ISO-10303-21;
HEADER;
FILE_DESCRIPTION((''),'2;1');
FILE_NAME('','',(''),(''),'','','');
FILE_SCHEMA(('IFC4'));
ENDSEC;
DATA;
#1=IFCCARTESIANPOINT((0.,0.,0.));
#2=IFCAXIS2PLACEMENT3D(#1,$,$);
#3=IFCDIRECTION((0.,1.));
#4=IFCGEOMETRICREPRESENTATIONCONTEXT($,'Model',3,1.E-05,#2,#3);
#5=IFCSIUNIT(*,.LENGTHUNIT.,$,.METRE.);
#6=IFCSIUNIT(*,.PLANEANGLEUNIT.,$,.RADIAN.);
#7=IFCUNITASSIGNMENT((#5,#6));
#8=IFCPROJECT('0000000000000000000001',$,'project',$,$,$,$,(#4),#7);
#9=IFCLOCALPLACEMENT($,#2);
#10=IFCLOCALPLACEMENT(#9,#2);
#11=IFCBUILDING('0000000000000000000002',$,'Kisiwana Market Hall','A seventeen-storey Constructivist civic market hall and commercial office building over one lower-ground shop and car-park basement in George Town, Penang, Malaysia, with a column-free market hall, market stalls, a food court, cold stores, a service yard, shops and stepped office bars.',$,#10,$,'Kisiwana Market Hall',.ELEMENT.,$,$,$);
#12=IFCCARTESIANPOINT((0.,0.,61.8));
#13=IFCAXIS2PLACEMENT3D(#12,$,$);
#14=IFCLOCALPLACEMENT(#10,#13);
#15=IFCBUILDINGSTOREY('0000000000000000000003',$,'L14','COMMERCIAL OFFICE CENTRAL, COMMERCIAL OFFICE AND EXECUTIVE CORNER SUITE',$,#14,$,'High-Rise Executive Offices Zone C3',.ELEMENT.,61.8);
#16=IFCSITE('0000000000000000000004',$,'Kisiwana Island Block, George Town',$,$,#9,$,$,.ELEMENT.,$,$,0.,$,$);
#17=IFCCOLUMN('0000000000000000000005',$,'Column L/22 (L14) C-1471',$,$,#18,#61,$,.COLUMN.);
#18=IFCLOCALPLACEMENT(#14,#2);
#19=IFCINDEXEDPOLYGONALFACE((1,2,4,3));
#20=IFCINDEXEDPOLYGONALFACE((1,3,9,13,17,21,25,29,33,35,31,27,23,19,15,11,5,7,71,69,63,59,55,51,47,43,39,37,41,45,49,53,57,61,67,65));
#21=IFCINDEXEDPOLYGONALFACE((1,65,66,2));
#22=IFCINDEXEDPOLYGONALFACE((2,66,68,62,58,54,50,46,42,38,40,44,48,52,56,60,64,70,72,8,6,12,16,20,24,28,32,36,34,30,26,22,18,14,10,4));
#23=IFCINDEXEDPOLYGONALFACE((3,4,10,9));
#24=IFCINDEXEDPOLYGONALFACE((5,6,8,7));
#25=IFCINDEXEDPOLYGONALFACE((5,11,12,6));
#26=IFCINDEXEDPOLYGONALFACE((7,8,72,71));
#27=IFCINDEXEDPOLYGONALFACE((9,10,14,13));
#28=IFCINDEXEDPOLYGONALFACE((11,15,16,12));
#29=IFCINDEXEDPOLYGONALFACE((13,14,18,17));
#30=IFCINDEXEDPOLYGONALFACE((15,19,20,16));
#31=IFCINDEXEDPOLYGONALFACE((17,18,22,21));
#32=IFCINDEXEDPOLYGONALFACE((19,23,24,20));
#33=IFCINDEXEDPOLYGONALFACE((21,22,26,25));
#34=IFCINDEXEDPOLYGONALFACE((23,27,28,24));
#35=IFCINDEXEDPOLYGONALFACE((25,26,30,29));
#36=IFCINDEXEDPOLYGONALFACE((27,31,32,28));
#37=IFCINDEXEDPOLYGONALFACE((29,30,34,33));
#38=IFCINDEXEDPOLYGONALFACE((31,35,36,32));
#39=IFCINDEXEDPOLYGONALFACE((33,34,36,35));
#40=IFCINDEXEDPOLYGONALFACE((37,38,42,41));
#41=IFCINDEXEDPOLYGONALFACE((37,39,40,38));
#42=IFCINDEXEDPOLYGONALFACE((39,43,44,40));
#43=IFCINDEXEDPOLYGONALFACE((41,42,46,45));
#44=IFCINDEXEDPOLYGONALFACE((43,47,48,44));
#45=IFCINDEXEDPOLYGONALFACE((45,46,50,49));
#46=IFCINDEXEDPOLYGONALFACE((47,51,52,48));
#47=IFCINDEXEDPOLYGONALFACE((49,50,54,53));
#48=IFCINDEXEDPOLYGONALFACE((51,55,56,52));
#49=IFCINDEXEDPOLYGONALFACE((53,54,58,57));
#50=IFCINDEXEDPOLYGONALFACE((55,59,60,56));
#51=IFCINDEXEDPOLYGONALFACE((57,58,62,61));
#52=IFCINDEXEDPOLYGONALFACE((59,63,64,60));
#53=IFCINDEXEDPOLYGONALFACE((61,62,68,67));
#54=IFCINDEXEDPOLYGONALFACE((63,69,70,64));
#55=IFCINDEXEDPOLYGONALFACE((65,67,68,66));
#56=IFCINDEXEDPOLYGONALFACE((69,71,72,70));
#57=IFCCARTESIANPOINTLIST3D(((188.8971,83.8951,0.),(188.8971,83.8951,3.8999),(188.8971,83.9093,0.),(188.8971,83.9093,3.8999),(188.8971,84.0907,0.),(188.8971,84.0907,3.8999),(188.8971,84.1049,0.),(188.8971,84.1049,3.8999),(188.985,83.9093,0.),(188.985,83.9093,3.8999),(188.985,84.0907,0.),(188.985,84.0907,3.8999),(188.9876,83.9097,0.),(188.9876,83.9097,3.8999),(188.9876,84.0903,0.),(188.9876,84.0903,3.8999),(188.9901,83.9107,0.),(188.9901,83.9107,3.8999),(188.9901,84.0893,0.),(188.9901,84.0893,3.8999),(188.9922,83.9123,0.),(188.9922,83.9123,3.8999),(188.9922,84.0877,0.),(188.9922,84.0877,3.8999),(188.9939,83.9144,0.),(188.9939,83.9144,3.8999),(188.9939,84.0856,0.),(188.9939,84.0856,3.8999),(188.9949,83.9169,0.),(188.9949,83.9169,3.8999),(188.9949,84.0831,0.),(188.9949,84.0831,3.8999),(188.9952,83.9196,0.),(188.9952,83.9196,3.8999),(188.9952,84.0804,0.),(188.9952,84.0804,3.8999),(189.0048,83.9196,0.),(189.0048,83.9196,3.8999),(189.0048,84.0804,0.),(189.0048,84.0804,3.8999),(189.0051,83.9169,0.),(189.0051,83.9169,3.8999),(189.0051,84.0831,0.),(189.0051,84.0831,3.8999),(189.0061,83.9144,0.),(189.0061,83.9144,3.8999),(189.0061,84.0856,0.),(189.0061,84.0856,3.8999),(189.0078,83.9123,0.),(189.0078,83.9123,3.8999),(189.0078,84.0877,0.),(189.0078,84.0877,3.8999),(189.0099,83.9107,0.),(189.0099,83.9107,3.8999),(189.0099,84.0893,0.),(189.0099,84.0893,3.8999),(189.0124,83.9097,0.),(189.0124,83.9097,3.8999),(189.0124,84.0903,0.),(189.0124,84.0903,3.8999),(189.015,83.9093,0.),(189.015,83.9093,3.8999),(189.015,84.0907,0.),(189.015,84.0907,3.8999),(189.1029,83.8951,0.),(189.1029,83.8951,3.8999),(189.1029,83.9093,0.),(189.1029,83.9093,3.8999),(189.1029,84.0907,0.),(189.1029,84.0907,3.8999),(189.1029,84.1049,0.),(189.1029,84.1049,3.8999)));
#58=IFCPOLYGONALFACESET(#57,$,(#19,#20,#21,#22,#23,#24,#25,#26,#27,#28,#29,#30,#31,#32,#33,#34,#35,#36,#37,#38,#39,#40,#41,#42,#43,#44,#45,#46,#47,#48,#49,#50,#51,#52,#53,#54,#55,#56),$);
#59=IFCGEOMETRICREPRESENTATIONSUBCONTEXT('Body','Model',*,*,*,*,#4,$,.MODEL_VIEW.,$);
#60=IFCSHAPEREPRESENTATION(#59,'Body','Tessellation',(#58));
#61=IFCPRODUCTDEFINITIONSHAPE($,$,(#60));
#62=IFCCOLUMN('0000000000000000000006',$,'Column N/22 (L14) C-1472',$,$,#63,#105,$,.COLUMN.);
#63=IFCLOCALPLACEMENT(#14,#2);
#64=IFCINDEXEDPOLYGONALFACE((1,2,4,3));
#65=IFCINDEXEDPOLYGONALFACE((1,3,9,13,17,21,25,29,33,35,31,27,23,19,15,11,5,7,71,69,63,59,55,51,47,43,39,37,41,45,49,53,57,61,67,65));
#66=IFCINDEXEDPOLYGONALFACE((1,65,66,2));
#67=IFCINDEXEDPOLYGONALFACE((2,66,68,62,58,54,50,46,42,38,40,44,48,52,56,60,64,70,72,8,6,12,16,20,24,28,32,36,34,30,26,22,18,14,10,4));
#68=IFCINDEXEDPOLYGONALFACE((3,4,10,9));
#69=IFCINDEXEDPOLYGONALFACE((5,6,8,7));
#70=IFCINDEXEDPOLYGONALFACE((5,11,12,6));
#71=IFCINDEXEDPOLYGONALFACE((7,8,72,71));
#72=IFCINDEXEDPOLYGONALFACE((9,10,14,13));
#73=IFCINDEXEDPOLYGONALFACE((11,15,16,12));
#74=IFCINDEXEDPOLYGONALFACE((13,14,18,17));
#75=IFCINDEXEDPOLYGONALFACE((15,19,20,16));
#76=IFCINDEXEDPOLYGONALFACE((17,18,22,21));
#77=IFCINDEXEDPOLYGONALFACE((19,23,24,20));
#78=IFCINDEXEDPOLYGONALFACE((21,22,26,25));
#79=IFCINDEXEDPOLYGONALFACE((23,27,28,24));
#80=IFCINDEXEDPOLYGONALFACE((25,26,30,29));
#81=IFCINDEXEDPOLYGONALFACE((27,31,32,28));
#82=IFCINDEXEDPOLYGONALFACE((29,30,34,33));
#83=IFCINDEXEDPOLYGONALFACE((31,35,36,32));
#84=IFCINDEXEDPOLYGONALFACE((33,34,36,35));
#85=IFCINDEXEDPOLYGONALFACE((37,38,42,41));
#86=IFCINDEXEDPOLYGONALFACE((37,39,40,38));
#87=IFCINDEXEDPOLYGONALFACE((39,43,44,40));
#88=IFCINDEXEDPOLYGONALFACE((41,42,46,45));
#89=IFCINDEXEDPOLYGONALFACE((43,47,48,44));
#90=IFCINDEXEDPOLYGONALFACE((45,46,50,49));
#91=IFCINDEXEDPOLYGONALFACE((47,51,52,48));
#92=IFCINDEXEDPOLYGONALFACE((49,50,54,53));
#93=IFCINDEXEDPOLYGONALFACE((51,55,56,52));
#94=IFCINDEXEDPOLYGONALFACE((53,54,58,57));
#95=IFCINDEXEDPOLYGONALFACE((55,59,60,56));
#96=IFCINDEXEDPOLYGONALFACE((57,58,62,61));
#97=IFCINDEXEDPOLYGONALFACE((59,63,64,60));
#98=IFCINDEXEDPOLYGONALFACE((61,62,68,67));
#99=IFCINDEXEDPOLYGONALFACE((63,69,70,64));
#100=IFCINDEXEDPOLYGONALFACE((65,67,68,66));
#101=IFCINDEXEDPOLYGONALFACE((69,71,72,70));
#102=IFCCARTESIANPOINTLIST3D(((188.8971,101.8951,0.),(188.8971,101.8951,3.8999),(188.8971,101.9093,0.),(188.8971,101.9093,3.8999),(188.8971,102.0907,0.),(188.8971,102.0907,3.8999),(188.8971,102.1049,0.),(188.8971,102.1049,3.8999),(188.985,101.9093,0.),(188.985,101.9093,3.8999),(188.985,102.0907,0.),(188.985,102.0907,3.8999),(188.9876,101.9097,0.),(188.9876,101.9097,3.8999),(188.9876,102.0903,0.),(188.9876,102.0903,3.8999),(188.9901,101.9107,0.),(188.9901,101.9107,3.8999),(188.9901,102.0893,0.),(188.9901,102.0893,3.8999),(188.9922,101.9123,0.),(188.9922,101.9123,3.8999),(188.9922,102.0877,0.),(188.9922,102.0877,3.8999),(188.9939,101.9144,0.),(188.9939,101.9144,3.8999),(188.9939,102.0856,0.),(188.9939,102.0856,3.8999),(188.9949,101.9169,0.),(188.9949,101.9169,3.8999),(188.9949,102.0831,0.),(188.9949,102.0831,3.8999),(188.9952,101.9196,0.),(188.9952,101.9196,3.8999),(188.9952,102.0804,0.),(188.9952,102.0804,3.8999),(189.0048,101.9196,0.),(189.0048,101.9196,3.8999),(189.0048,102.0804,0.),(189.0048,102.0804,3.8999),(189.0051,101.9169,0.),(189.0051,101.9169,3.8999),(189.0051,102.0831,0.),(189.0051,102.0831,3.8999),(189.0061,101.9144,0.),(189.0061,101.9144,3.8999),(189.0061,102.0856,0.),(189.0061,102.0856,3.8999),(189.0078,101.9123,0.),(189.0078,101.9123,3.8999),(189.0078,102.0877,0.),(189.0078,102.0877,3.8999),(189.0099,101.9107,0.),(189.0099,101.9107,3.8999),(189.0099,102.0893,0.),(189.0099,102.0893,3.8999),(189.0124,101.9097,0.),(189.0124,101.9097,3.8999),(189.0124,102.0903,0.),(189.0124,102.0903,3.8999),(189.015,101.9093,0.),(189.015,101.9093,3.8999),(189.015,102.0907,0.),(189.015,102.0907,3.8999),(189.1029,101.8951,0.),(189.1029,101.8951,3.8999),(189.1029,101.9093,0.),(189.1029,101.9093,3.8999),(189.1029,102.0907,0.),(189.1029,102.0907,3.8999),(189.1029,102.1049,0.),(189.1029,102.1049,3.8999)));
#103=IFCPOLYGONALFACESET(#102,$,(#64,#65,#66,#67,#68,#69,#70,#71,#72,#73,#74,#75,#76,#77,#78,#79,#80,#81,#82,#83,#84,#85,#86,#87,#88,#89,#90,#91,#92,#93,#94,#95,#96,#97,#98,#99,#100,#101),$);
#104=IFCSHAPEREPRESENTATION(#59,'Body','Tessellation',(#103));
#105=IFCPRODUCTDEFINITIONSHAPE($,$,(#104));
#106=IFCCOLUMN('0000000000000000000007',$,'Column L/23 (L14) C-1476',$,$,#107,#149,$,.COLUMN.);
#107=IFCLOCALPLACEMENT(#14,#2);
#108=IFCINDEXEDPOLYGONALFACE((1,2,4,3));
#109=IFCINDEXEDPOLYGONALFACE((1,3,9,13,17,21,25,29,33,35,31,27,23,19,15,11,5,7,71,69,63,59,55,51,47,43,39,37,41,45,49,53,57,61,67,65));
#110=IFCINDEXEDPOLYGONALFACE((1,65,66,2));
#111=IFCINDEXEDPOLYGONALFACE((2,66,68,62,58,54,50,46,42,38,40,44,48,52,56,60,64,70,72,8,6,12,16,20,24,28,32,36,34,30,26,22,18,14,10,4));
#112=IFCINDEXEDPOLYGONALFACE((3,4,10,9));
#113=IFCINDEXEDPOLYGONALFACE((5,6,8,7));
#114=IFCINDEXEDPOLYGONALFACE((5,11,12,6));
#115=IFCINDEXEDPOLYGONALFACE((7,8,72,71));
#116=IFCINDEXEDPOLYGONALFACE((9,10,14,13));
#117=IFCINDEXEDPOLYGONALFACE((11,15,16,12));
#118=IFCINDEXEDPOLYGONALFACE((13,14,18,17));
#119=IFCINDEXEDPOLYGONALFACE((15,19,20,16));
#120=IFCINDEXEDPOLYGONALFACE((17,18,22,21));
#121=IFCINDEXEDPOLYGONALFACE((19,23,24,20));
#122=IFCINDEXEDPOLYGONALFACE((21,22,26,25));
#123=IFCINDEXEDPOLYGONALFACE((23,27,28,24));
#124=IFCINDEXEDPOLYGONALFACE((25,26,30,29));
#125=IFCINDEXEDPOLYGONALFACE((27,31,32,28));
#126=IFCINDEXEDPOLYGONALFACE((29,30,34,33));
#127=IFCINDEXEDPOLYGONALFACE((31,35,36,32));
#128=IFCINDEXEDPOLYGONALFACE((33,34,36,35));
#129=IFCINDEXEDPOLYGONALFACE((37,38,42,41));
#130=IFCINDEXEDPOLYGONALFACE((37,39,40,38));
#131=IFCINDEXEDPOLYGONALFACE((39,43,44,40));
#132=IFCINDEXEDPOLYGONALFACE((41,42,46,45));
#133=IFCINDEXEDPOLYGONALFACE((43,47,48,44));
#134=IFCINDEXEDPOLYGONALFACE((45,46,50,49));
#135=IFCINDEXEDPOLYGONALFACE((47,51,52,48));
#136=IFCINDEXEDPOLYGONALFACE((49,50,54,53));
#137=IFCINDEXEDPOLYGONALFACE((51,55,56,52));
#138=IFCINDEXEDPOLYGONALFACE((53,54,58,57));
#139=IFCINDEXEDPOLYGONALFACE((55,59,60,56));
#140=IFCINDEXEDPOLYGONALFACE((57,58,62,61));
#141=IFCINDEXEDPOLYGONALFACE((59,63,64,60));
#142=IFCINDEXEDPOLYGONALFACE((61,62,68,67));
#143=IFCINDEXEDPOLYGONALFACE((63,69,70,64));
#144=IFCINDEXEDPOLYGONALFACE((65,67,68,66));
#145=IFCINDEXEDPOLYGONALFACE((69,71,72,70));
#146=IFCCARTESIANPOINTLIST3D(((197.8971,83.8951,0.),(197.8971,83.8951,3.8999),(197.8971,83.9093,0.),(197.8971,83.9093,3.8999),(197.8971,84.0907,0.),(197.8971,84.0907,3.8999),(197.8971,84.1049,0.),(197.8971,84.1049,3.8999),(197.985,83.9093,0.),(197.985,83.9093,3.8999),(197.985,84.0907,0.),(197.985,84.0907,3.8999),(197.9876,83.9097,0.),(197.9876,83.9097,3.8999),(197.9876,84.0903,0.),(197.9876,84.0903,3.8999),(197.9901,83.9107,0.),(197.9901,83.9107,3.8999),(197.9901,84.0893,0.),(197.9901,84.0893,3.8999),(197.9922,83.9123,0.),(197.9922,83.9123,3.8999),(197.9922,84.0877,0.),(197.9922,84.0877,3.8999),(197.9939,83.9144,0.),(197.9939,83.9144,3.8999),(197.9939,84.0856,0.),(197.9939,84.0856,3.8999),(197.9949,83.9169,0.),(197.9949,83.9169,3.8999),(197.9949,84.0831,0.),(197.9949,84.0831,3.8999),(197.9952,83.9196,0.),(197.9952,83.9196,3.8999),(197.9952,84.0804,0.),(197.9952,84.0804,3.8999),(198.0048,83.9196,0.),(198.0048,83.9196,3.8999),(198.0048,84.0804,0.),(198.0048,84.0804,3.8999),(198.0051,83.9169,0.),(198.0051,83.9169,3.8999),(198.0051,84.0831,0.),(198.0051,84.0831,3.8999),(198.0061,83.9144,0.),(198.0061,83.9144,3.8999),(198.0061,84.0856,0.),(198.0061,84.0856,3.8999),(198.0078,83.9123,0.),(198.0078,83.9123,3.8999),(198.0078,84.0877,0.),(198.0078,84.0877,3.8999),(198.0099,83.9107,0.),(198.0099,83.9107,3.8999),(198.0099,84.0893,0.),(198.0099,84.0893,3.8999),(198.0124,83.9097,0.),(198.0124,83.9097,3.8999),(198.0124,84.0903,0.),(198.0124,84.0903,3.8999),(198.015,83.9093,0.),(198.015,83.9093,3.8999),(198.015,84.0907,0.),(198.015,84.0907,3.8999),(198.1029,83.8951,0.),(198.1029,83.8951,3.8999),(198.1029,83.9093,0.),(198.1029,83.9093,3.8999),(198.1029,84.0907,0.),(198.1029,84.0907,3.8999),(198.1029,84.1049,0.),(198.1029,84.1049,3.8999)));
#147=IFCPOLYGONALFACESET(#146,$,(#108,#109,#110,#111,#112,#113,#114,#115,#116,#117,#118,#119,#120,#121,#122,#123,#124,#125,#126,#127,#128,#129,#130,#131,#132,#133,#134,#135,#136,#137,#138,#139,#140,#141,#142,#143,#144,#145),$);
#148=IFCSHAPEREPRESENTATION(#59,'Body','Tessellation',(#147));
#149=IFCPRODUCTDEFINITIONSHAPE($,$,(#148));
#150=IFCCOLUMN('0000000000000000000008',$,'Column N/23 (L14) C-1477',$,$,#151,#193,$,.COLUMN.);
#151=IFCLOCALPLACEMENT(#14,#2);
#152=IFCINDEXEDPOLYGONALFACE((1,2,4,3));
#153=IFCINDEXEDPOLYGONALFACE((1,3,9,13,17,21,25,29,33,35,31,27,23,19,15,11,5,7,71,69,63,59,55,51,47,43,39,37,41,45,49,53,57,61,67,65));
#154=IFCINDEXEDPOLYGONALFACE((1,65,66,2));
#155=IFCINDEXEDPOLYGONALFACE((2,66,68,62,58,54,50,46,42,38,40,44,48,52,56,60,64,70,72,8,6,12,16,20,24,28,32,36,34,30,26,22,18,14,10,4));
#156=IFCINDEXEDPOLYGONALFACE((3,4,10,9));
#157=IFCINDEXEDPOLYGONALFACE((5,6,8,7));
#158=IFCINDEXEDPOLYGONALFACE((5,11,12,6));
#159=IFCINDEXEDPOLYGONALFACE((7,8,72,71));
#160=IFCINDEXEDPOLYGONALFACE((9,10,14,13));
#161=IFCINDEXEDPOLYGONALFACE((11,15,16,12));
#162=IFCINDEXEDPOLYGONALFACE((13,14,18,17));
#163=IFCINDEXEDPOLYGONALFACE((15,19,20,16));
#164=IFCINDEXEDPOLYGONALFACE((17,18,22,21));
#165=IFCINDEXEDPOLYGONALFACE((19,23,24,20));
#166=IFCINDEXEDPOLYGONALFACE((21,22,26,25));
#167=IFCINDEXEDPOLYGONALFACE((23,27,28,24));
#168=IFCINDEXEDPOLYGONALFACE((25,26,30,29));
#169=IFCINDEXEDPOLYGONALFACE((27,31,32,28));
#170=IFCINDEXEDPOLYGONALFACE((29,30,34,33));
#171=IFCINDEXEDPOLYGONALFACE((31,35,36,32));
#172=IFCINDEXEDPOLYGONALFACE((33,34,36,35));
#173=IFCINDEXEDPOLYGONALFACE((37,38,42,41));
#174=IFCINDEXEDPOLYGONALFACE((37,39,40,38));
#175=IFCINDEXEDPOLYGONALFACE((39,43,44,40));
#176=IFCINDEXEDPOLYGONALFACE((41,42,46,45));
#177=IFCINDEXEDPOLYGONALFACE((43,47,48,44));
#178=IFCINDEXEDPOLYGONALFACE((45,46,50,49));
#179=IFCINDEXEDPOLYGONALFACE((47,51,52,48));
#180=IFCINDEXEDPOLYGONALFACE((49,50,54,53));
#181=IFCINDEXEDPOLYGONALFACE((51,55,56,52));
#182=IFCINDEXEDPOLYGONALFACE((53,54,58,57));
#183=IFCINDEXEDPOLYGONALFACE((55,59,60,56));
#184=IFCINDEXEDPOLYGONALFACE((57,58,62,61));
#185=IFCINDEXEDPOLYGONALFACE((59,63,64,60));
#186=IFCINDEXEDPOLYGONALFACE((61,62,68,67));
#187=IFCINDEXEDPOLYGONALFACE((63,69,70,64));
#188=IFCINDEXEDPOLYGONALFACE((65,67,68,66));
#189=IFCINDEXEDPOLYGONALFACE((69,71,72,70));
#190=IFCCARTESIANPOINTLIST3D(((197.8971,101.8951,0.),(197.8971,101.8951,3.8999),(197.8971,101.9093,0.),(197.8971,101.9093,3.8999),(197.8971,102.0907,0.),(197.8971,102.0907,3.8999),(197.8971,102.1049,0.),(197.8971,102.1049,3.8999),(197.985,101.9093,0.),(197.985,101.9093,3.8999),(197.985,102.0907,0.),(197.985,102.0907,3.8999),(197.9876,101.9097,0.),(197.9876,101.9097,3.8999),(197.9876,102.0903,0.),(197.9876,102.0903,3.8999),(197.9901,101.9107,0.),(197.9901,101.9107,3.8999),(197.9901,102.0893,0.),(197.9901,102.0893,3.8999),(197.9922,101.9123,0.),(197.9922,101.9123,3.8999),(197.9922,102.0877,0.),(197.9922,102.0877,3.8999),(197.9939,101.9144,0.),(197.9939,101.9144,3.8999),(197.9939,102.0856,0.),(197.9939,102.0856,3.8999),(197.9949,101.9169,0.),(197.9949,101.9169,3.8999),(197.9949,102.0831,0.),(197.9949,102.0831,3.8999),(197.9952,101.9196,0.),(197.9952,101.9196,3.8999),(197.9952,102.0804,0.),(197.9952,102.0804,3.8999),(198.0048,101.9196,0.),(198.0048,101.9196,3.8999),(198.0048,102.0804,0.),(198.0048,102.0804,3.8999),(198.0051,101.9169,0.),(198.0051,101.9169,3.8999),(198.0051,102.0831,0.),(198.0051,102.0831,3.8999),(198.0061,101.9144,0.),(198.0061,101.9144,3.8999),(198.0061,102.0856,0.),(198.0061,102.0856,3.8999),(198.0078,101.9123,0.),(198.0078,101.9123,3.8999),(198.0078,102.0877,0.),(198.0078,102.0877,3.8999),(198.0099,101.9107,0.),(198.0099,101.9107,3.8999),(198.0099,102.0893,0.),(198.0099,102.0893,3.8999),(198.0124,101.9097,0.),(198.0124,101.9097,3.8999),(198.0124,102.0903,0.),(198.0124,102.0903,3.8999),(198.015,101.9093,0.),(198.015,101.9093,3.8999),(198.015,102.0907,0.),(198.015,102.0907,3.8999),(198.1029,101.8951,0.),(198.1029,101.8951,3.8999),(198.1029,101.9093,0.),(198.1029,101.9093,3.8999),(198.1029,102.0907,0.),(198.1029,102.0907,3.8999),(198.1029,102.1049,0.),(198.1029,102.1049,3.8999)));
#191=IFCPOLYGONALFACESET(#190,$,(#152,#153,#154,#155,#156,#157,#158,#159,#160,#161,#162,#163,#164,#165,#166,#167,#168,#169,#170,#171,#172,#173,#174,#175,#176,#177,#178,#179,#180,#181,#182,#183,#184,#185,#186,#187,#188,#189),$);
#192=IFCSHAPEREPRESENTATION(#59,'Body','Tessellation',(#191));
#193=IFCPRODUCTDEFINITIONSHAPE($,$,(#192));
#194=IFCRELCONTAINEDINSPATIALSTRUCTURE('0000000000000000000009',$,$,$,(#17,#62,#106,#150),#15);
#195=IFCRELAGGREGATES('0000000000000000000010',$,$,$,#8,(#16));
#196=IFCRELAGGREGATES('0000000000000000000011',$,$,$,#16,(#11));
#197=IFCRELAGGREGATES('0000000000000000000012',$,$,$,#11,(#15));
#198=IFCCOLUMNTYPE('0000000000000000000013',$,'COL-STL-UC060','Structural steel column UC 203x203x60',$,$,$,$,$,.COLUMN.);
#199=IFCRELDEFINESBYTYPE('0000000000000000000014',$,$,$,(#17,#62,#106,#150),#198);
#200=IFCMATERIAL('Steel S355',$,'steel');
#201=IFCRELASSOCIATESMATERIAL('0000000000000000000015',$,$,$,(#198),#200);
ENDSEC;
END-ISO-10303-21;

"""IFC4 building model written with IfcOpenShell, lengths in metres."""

from ifc_helpers import new_model, si_unit, direction, frame, origin, origin_2d, place, context, subcontext, project, spatial, i_section, extrude, material, material_profile, profile_set, type_object, element, save


model = new_model("IFC4")

# Units and contexts
model_context = context("Model", 3, precision=1e-05, world=origin(), true_north=direction((0.0, 1.0)))
body_context = subcontext(model_context, "Body", "Model", "MODEL_VIEW")
ifc_project = project(units=[si_unit("LENGTHUNIT", "METRE"), si_unit("PLANEANGLEUNIT", "RADIAN")], contexts=[model_context])

# Site, building, storey
site_placement = place(None, origin())
site = spatial("IfcSite", under=ifc_project, at=site_placement, Name="Kisiwana Island Block, George Town", CompositionType="ELEMENT", RefElevation=0.0)
building_placement = place(site_placement, origin())
building = spatial("IfcBuilding", under=site, at=building_placement, Name="Kisiwana Market Hall", Description="A seventeen-storey Constructivist civic market hall and commercial office building over one lower-ground shop and car-park basement in George Town, Penang, Malaysia, with a column-free market hall, market stalls, a food court, cold stores, a service yard, shops and stepped office bars.", LongName="Kisiwana Market Hall", CompositionType="ELEMENT")
storey_placement = place(building_placement, frame((0.0, 0.0, 61.8)))
storey = spatial("IfcBuildingStorey", under=building, at=storey_placement, Name="L14", Description="COMMERCIAL OFFICE CENTRAL, COMMERCIAL OFFICE AND EXECUTIVE CORNER SUITE", LongName="High-Rise Executive Offices Zone C3", CompositionType="ELEMENT", Elevation=61.8)

# Columns
ifc_material_1 = material(Name="Steel S355", Category="steel")
ifc_material_profile_1 = material_profile(ifc_material_1, i_section(OverallWidth=0.2058, OverallDepth=0.2097, WebThickness=0.0095, FlangeThickness=0.0142, FilletRadius=0.0103, at=origin_2d()), Name="UC 203x203x60")
ifc_profile_set_1 = profile_set([ifc_material_profile_1], Name="Steel S355")
column_type = type_object("IfcColumnType", Name="COL-STL-UC060", Description="Structural steel column UC 203x203x60", PredefinedType="COLUMN", material=ifc_profile_set_1)
for number, where, z_axis, x_axis, name in (
    (1, (189.0, 84.0, 0.0), (0.0, 0.0, 1.0), (1.0, 0.0, 0.0), "Column L/22 (L14) C-1471"),
    (2, (189.0, 102.0, 0.0), (0.0, 0.0, 1.0), (1.0, 0.0, 0.0), "Column N/22 (L14) C-1472"),
    (3, (198.0, 84.0, 0.0), (0.0, 0.0, 1.0), (1.0, 0.0, 0.0), "Column L/23 (L14) C-1476"),
    (4, (198.0, 102.0, 0.0), (0.0, 0.0, 1.0), (1.0, 0.0, 0.0), "Column N/23 (L14) C-1477"),
):
    element("IfcColumn", number, at=place(storey_placement, frame(where, z_axis=z_axis, x_axis=x_axis)), inside=storey, type_object=column_type, Name=name, PredefinedType="COLUMN", context=body_context, shape_type="SweptSolid", body=[
        extrude(i_section(OverallWidth=0.2058, OverallDepth=0.2097, WebThickness=0.0095, FlangeThickness=0.0142, FilletRadius=0.0103, at=origin_2d()), origin(), (0.0, 0.0, 1.0), 3.8999),
    ])

save(model, "model.ifc")
